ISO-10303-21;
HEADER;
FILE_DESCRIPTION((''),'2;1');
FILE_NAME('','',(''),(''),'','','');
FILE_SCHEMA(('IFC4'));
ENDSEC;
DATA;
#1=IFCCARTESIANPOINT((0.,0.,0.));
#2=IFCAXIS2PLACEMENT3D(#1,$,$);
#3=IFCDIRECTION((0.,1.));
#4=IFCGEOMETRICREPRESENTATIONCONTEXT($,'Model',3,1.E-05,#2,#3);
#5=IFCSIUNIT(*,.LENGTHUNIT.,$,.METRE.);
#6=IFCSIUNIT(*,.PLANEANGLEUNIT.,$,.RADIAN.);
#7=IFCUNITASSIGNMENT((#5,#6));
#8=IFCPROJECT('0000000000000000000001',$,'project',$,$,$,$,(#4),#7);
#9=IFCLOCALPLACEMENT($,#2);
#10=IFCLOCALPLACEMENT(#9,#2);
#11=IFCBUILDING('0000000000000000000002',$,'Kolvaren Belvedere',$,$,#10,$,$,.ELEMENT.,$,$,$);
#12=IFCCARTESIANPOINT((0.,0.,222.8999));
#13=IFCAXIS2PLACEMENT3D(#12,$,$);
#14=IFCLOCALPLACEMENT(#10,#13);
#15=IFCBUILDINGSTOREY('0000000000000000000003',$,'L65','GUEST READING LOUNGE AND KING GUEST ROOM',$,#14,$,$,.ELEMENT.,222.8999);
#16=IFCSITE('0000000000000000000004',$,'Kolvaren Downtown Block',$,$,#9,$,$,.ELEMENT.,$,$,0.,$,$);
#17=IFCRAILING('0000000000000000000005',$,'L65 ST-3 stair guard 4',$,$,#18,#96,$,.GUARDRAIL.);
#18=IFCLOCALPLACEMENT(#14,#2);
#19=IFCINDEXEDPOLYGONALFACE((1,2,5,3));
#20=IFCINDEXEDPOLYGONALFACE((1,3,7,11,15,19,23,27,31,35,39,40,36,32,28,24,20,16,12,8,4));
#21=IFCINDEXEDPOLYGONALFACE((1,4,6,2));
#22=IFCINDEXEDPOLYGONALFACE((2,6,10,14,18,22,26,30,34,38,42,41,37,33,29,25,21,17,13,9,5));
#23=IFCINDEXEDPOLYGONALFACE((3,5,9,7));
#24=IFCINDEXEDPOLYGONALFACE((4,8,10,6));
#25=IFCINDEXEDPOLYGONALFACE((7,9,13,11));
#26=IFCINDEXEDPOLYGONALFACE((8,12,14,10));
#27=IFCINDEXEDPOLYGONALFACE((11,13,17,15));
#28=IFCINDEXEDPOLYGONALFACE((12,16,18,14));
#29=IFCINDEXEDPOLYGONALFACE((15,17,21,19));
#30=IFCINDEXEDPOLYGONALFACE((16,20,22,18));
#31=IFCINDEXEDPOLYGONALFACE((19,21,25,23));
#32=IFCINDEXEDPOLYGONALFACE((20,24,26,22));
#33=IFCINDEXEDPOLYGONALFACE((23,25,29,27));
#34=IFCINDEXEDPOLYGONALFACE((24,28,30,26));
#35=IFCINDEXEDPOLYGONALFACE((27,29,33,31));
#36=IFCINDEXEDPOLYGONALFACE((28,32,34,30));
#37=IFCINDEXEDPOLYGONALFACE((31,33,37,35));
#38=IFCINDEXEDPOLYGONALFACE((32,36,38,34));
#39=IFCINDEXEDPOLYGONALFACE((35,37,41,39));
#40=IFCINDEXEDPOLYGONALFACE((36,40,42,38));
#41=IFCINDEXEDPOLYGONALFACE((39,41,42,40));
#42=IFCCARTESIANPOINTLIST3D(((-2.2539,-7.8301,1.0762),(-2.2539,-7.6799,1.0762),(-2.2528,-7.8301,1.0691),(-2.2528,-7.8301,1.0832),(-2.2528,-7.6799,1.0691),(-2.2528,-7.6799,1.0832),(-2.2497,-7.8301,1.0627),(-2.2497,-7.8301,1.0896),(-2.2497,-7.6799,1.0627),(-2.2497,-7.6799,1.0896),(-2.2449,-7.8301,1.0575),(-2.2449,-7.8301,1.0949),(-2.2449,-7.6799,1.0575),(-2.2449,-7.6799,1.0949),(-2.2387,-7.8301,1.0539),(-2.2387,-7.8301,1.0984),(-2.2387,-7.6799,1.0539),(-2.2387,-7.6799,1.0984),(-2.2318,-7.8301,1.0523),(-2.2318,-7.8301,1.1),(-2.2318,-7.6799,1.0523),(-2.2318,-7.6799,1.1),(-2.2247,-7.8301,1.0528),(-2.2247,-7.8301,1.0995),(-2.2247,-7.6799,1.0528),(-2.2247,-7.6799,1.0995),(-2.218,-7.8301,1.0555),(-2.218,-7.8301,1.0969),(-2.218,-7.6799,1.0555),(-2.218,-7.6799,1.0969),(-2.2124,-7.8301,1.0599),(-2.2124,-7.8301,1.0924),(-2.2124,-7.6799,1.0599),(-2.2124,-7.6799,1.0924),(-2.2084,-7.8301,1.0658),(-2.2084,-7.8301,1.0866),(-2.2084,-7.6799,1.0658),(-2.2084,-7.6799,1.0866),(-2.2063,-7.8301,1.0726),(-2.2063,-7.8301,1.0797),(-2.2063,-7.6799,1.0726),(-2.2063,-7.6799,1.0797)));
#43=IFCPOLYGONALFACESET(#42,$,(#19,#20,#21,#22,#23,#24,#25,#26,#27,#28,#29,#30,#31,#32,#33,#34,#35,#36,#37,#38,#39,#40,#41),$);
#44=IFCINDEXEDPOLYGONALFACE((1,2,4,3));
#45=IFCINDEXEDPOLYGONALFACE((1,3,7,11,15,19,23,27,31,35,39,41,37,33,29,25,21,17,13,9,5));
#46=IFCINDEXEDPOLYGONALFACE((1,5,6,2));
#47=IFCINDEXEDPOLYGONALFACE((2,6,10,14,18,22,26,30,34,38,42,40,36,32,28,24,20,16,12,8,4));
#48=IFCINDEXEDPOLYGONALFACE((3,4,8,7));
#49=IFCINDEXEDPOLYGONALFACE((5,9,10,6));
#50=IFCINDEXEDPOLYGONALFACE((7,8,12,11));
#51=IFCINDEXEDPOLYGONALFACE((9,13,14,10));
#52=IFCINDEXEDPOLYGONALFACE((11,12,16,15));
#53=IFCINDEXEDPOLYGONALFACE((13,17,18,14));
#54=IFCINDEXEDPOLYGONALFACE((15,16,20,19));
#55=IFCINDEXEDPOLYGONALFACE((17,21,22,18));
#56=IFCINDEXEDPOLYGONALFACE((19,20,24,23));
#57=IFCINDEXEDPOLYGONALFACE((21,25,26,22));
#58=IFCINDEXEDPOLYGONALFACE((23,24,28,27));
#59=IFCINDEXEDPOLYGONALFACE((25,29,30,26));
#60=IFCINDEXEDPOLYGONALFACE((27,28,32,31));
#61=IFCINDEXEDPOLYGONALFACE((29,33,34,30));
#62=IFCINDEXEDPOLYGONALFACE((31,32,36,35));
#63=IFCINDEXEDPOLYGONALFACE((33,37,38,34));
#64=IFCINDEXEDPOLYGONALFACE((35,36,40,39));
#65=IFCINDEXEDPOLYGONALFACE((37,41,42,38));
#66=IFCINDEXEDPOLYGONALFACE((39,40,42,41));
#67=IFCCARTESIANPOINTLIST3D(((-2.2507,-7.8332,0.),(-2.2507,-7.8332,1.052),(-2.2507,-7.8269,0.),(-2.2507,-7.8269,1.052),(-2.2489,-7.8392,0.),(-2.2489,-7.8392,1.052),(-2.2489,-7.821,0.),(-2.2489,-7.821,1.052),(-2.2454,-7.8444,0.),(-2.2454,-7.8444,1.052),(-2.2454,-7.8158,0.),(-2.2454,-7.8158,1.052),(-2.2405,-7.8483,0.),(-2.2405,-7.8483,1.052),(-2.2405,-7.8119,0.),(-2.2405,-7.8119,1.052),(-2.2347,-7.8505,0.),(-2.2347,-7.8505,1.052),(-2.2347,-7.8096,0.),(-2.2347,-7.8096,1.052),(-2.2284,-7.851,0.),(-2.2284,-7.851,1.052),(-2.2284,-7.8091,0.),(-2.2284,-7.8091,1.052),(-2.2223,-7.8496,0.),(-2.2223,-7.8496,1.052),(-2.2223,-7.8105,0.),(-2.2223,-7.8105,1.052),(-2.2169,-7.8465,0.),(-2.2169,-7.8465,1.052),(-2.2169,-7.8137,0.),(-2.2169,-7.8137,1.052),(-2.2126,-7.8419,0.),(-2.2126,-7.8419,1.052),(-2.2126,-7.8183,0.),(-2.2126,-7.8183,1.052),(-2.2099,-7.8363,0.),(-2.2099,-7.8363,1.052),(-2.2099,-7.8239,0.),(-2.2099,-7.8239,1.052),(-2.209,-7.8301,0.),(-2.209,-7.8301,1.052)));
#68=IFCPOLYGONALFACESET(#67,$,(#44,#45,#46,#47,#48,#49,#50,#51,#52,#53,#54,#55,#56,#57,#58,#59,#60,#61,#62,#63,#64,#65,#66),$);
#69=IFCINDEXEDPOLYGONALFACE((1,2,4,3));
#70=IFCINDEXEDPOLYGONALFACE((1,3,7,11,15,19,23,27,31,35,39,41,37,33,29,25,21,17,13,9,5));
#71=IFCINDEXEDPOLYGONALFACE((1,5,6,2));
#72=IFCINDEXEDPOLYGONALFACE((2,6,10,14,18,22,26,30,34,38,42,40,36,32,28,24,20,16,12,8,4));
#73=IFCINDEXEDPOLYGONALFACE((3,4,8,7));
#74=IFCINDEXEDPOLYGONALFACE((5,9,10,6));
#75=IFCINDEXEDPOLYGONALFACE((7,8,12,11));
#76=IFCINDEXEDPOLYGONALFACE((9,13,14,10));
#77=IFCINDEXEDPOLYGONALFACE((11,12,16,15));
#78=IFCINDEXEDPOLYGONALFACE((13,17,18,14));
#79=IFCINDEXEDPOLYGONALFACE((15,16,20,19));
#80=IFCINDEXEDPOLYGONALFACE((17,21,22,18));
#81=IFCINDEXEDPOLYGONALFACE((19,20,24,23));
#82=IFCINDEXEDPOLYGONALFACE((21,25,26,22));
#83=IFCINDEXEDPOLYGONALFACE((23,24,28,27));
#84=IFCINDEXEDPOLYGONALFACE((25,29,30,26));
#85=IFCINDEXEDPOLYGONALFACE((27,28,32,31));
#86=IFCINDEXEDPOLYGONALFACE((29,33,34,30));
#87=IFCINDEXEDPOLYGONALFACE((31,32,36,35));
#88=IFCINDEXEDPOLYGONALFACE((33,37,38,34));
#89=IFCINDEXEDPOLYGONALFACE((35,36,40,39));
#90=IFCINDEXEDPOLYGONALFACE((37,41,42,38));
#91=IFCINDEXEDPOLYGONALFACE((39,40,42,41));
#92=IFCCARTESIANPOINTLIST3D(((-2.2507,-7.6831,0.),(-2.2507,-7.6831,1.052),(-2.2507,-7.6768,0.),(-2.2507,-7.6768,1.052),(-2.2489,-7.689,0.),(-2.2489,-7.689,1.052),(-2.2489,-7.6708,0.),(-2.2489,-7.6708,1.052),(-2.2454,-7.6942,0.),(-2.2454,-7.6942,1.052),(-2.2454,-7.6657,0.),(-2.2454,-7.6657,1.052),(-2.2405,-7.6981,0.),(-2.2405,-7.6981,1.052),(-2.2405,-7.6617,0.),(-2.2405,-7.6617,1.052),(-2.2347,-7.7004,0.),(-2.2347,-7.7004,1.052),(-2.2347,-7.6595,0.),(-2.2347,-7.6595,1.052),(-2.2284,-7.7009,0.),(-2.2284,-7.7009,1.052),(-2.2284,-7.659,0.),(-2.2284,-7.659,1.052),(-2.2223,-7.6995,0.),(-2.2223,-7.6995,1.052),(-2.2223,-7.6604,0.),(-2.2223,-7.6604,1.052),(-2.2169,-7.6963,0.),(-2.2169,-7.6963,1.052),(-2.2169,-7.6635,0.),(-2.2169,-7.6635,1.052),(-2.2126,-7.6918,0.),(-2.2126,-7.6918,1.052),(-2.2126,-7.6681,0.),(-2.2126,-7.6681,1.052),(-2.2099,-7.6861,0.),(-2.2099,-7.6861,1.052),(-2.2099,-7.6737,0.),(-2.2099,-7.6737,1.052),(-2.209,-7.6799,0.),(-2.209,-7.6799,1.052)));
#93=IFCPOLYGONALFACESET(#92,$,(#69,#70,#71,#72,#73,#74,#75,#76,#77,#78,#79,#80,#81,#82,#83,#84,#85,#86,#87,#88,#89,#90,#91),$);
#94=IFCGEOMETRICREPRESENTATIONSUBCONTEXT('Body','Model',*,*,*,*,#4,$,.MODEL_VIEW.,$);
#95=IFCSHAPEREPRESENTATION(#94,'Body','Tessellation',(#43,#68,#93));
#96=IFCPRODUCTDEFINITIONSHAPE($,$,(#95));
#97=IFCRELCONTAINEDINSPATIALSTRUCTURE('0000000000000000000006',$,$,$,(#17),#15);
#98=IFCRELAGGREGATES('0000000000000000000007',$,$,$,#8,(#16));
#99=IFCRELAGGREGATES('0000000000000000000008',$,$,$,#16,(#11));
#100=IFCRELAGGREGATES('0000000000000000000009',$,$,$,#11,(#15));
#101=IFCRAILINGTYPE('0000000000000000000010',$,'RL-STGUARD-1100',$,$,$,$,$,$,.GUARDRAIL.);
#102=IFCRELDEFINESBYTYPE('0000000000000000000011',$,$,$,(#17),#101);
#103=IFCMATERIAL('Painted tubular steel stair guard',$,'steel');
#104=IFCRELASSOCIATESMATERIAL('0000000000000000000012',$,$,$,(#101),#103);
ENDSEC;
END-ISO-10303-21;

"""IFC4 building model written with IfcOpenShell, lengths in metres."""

from ifc_helpers import new_model, si_unit, direction, frame, origin, origin_2d, place, context, subcontext, project, spatial, circle, extrude, material, type_object, element, save


model = new_model("IFC4")

# Units and contexts
model_context = context("Model", 3, precision=1e-05, world=origin(), true_north=direction((0.0, 1.0)))
body_context = subcontext(model_context, "Body", "Model", "MODEL_VIEW")
ifc_project = project(units=[si_unit("LENGTHUNIT", "METRE"), si_unit("PLANEANGLEUNIT", "RADIAN")], contexts=[model_context])

# Site, building, storey
site_placement = place(None, origin())
site = spatial("IfcSite", under=ifc_project, at=site_placement, Name="Kolvaren Downtown Block", CompositionType="ELEMENT", RefElevation=0.0)
building_placement = place(site_placement, origin())
building = spatial("IfcBuilding", under=site, at=building_placement, Name="Kolvaren Belvedere", CompositionType="ELEMENT")
storey_placement = place(building_placement, frame((0.0, 0.0, 222.8999)))
storey = spatial("IfcBuildingStorey", under=building, at=storey_placement, Name="L65", Description="GUEST READING LOUNGE AND KING GUEST ROOM", CompositionType="ELEMENT", Elevation=222.8999)

# Railing
ifc_material_1 = material(Name="Painted tubular steel stair guard", Category="steel")
railing_type_1 = type_object("IfcRailingType", Name="RL-STGUARD-1100", PredefinedType="GUARDRAIL", material=ifc_material_1)
railing_1_placement = place(storey_placement, frame((-2.23, -7.8301, 0.0)))
element("IfcRailing", 1, at=railing_1_placement, inside=storey, type_object=railing_type_1, Name="L65 ST-3 stair guard 4", PredefinedType="GUARDRAIL", context=body_context, shape_type="SweptSolid", body=[
    extrude(circle(Radius=0.0239, at=origin_2d()), frame((0.0, 0.0, 1.0762), z_axis=(0.0, 1.0, 0.0), x_axis=(-1.0, 0.0, 0.0)), (0.0, 0.0, 1.0), 0.1501),
    extrude(circle(Radius=0.021, at=origin_2d()), origin(), (0.0, 0.0, 1.0), 1.052),
    extrude(circle(Radius=0.021, at=origin_2d()), frame((0.0, 0.1501, 0.0)), (0.0, 0.0, 1.0), 1.052),
])

save(model, "model.ifc")
